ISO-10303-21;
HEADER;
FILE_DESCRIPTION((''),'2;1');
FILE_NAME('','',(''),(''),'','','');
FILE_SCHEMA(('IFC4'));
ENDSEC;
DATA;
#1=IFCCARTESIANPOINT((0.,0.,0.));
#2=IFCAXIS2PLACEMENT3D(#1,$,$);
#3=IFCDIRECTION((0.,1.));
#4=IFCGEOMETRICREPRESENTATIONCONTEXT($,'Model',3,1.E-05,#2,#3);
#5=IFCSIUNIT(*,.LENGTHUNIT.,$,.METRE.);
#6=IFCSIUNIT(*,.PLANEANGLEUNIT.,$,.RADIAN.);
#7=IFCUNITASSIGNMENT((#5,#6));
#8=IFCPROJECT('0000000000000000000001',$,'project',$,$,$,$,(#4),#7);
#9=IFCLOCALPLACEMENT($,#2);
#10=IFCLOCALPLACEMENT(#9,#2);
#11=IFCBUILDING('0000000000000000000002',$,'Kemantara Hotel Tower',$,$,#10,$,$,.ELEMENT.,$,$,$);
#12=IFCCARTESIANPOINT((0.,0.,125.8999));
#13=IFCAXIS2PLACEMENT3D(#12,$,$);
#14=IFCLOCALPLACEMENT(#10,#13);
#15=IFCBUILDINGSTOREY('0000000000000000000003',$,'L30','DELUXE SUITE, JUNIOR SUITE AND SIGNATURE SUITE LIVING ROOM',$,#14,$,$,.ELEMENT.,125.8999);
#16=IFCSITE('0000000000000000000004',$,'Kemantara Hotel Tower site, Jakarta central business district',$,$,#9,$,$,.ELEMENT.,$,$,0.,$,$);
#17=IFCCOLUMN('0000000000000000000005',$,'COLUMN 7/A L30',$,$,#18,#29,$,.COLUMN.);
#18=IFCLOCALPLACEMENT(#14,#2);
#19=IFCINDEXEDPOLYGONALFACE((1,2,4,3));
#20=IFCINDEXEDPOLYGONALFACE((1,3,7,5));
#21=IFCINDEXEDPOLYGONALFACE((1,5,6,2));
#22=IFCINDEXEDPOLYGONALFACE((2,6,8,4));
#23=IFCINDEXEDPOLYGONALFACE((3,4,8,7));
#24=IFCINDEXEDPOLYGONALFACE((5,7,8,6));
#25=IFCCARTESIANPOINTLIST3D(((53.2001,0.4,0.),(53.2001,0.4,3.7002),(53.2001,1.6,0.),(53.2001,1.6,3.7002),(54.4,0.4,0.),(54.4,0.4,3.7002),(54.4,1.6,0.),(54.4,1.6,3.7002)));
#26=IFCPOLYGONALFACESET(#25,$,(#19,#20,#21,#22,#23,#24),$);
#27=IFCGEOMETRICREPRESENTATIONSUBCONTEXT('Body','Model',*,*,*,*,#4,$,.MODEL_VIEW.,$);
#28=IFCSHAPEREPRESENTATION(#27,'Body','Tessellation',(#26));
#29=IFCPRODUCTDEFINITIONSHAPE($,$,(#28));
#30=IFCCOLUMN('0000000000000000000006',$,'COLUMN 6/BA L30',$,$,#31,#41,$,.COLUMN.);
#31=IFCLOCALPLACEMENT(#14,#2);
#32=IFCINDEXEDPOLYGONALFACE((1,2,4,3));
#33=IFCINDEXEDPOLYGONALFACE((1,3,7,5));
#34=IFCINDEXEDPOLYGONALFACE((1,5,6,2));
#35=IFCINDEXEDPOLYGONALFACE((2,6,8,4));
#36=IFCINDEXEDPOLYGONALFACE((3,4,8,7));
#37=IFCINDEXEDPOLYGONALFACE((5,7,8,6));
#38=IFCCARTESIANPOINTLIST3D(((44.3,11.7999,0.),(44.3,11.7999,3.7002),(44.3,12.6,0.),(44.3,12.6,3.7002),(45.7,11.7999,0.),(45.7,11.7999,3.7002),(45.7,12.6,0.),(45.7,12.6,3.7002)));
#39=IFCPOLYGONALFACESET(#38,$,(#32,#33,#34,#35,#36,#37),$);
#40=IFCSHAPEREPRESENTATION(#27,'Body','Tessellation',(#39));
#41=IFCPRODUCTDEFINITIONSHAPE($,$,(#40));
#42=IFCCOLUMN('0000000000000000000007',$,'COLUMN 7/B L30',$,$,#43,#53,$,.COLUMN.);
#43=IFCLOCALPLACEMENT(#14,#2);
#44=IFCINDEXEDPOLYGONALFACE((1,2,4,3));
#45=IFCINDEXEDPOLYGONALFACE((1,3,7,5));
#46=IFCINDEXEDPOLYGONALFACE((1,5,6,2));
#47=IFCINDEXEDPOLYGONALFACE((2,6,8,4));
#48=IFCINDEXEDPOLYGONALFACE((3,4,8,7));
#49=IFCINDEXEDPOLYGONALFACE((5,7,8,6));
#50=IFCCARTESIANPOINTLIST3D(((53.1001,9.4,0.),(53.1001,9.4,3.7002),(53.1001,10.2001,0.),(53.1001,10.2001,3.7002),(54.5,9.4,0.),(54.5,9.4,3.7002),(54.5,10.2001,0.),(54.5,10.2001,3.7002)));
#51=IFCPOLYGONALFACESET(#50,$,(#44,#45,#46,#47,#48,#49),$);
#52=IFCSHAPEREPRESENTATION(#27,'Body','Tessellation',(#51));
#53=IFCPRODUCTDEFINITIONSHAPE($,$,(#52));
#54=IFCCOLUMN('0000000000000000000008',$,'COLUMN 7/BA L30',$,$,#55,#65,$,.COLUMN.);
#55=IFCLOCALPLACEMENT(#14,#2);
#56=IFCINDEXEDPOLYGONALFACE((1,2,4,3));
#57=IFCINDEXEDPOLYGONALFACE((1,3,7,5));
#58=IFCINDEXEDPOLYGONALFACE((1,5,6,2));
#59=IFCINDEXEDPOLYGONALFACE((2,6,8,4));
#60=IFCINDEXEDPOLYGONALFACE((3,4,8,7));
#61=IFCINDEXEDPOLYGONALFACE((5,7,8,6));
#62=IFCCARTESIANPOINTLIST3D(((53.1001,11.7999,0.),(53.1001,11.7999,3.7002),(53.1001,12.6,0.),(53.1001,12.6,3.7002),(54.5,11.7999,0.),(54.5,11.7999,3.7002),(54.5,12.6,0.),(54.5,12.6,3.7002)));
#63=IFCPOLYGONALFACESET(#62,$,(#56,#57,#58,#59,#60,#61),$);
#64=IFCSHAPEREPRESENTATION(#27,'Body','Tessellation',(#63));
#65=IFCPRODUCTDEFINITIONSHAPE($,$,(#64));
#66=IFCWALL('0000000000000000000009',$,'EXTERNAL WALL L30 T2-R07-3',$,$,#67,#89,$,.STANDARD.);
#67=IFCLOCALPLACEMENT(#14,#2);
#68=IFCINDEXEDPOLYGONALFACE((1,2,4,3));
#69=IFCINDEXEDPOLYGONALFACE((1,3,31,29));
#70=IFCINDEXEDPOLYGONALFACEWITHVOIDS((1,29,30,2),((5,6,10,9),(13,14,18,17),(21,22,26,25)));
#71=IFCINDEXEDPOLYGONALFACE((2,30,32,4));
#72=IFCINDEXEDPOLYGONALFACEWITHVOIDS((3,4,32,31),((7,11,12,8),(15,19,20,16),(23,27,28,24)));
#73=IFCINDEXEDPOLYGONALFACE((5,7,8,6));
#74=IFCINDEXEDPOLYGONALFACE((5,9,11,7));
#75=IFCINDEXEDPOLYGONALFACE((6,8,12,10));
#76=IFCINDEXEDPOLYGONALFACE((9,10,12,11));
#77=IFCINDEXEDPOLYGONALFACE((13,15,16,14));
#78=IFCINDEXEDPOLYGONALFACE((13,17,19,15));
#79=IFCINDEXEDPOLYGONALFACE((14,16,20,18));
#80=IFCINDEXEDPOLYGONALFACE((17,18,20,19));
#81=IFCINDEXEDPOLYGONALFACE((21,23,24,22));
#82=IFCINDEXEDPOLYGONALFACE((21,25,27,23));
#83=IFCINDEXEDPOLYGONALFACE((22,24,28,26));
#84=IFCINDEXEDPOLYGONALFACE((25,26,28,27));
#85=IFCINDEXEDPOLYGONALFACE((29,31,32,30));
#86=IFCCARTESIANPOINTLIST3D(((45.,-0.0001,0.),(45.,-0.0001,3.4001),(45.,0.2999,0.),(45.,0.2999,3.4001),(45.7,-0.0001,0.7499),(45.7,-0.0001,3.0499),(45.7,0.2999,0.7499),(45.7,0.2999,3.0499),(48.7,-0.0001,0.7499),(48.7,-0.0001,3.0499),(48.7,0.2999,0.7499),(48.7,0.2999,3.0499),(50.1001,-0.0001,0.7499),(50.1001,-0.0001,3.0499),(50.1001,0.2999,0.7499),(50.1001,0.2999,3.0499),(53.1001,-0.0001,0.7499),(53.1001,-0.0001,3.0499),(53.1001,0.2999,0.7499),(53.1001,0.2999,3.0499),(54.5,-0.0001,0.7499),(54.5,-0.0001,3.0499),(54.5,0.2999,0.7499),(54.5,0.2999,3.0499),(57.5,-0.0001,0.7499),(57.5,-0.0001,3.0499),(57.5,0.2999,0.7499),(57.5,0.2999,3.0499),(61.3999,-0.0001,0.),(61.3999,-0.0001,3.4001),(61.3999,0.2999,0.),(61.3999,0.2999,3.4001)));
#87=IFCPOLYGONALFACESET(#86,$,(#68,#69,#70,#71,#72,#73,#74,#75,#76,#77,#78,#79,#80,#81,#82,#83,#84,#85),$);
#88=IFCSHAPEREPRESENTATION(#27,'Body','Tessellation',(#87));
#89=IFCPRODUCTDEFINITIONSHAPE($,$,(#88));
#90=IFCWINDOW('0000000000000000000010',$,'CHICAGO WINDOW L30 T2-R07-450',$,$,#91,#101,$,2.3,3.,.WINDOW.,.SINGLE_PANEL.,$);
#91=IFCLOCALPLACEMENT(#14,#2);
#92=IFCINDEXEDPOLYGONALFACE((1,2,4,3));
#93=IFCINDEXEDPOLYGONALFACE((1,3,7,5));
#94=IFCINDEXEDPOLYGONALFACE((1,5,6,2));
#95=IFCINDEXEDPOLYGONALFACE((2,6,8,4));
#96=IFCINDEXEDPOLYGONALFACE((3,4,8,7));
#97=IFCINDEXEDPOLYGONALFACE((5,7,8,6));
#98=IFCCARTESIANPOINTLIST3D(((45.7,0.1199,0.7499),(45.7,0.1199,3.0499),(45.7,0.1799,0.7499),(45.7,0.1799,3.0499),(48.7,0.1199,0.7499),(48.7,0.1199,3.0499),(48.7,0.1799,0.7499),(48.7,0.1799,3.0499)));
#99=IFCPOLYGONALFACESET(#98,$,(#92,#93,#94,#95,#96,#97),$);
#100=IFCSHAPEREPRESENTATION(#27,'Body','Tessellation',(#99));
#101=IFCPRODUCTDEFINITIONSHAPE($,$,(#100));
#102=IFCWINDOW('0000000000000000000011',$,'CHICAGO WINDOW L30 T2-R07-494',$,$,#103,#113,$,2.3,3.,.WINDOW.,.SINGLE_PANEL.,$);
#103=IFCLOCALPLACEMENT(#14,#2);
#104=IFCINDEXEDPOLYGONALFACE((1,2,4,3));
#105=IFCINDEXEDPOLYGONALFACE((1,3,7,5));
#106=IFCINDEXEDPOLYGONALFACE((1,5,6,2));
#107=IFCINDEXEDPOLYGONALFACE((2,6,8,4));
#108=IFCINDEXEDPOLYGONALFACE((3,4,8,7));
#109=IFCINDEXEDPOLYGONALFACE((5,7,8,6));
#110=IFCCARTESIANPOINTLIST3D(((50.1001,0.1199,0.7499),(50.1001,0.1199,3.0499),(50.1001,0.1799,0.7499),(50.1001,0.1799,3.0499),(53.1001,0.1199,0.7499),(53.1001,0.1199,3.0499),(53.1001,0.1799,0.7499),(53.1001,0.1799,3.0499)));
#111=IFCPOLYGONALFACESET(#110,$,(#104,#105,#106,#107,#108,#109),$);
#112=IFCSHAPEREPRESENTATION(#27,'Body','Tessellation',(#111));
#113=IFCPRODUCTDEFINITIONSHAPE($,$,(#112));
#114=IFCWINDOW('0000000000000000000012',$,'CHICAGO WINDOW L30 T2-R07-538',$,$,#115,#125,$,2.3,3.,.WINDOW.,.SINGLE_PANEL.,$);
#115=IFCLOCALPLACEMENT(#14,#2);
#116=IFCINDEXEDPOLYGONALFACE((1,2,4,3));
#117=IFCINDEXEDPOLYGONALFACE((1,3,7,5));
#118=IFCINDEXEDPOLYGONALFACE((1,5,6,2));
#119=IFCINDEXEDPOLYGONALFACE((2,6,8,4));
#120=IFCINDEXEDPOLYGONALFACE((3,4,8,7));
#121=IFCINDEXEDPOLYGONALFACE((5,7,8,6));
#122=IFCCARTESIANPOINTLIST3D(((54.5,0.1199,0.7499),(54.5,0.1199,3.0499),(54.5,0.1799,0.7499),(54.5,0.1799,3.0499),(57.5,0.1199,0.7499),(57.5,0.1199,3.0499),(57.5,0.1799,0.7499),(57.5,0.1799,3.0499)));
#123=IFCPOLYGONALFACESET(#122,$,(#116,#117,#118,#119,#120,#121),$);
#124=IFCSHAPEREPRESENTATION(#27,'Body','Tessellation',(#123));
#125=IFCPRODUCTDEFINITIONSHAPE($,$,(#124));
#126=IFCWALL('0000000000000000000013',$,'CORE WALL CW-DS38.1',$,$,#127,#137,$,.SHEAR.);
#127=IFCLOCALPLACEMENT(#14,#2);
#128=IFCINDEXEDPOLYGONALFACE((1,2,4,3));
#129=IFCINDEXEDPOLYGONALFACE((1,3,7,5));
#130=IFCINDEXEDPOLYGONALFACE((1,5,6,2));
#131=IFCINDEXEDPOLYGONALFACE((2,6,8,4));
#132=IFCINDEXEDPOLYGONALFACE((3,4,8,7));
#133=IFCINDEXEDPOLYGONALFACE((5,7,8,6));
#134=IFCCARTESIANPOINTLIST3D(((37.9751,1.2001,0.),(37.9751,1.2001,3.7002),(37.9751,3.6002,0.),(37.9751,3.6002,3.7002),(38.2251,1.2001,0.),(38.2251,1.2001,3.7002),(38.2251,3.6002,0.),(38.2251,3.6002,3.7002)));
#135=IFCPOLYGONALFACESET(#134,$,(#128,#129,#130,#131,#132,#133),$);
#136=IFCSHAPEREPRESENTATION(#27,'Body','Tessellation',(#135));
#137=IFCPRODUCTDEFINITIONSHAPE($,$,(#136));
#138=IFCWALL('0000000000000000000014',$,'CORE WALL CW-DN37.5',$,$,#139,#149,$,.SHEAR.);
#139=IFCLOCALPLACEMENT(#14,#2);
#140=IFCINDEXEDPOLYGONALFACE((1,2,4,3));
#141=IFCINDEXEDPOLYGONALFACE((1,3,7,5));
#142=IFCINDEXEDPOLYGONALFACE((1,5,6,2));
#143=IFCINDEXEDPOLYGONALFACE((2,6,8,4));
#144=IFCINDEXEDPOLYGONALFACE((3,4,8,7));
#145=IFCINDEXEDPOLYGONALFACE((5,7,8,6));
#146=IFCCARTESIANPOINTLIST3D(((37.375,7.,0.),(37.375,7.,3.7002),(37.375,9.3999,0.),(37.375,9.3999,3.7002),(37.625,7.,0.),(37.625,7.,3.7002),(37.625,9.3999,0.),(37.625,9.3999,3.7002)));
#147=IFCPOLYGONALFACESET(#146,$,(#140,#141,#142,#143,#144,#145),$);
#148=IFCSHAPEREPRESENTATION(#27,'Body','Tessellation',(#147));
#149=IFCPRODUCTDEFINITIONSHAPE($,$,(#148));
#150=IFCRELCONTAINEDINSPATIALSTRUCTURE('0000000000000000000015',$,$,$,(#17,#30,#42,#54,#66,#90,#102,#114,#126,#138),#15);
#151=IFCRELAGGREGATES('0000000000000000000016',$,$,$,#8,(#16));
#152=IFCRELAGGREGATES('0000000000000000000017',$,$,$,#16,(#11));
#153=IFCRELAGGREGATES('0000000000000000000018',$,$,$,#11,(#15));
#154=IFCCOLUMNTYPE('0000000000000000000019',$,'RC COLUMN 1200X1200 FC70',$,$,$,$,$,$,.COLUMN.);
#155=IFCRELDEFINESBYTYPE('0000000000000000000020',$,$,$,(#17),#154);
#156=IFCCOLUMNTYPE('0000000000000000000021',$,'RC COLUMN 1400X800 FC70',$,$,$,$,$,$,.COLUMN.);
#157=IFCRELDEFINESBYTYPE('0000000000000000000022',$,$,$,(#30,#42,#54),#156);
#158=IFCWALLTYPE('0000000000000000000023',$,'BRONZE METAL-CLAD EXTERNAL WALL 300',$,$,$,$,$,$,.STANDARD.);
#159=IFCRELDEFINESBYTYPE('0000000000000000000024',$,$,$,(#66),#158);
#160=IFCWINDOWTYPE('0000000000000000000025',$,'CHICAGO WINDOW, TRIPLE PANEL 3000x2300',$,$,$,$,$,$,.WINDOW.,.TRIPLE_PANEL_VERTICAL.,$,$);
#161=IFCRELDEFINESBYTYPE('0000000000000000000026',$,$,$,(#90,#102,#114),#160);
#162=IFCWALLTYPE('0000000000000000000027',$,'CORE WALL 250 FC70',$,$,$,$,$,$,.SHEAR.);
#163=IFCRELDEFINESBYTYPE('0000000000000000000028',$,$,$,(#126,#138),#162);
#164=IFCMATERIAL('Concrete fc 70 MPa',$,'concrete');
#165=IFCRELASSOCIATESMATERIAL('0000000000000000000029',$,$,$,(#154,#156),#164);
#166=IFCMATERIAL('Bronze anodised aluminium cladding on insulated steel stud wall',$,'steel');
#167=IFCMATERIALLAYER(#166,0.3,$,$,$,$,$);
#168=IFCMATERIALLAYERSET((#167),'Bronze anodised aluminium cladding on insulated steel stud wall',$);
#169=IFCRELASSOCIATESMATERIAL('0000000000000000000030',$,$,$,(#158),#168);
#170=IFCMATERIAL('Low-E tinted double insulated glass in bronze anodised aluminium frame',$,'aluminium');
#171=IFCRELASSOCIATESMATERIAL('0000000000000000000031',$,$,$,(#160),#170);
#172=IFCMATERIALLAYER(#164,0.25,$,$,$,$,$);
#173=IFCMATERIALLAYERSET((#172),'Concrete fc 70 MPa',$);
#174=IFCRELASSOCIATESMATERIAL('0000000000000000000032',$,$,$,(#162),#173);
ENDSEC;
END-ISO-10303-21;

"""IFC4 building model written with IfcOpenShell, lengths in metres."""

from ifc_helpers import new_model, si_unit, direction, frame, frame_2d, origin, origin_2d, place, context, subcontext, project, spatial, rectangle, extrude, material, layer, layer_set, material_profile, profile_set, type_object, element, fill, save


model = new_model("IFC4")

# Units and contexts
model_context = context("Model", 3, precision=1e-05, world=origin(), true_north=direction((0.0, 1.0)))
body_context = subcontext(model_context, "Body", "Model", "MODEL_VIEW")
ifc_project = project(units=[si_unit("LENGTHUNIT", "METRE"), si_unit("PLANEANGLEUNIT", "RADIAN")], contexts=[model_context])

# Site, building, storey
site_placement = place(None, origin())
site = spatial("IfcSite", under=ifc_project, at=site_placement, Name="Kemantara Hotel Tower site, Jakarta central business district", CompositionType="ELEMENT", RefElevation=0.0)
building_placement = place(site_placement, origin())
building = spatial("IfcBuilding", under=site, at=building_placement, Name="Kemantara Hotel Tower", CompositionType="ELEMENT")
storey_placement = place(building_placement, frame((0.0, 0.0, 125.8999)))
storey = spatial("IfcBuildingStorey", under=building, at=storey_placement, Name="L30", Description="DELUXE SUITE, JUNIOR SUITE AND SIGNATURE SUITE LIVING ROOM", CompositionType="ELEMENT", Elevation=125.8999)

# Columns
ifc_material_1 = material(Name="Concrete fc 70 MPa", Category="concrete")
ifc_material_profile_1 = material_profile(ifc_material_1, rectangle(XDim=1.2, YDim=1.2, at=origin_2d()), Name="RC 1200X1200")
ifc_profile_set_1 = profile_set([ifc_material_profile_1], Name="Concrete fc 70 MPa")
column_type_1 = type_object("IfcColumnType", Name="RC COLUMN 1200X1200 FC70", PredefinedType="COLUMN", material=ifc_profile_set_1)
column_placement = place(storey_placement, frame((53.8, 1.0, 0.0), z_axis=(0.0, 0.0, 1.0), x_axis=(1.0, 0.0, 0.0)))
element("IfcColumn", 1, at=column_placement, inside=storey, type_object=column_type_1, Name="COLUMN 7/A L30", PredefinedType="COLUMN", context=body_context, shape_type="SweptSolid", body=[
    extrude(rectangle(XDim=1.2, YDim=1.2, at=origin_2d()), origin(), (0.0, 0.0, 1.0), 3.7002),
])
ifc_material_profile_2 = material_profile(ifc_material_1, rectangle(XDim=1.3999, YDim=0.8, at=origin_2d()), Name="RC 1400X800")
ifc_profile_set_2 = profile_set([ifc_material_profile_2], Name="Concrete fc 70 MPa")
column_type_2 = type_object("IfcColumnType", Name="RC COLUMN 1400X800 FC70", PredefinedType="COLUMN", material=ifc_profile_set_2)
for number, where, z_axis, x_axis, name in (
    (2, (45.0, 12.2, 0.0), (0.0, 0.0, 1.0), (1.0, 0.0, 0.0), "COLUMN 6/BA L30"),
    (3, (53.8, 9.8, 0.0), (0.0, 0.0, 1.0), (1.0, 0.0, 0.0), "COLUMN 7/B L30"),
    (4, (53.8, 12.2, 0.0), (0.0, 0.0, 1.0), (1.0, 0.0, 0.0), "COLUMN 7/BA L30"),
):
    element("IfcColumn", number, at=place(storey_placement, frame(where, z_axis=z_axis, x_axis=x_axis)), inside=storey, type_object=column_type_2, Name=name, PredefinedType="COLUMN", context=body_context, shape_type="SweptSolid", body=[
        extrude(rectangle(XDim=1.3999, YDim=0.8, at=origin_2d()), origin(), (0.0, 0.0, 1.0), 3.7002),
    ])

# Wall, openings, windows
ifc_material_2 = material(Name="Bronze anodised aluminium cladding on insulated steel stud wall", Category="steel")
ifc_layer_1 = layer(ifc_material_2, 0.3)
ifc_layer_set_1 = layer_set([ifc_layer_1], Name="Bronze anodised aluminium cladding on insulated steel stud wall")
wall_type_1 = type_object("IfcWallType", Name="BRONZE METAL-CLAD EXTERNAL WALL 300", PredefinedType="STANDARD", material=ifc_layer_set_1)
wall_1_placement = place(storey_placement, frame((45.0, 0.1499, 0.0), z_axis=(0.0, 0.0, 1.0), x_axis=(1.0, 0.0, 0.0)))
wall_1 = element("IfcWall", 5, at=wall_1_placement, inside=storey, type_object=wall_type_1, Name="EXTERNAL WALL L30 T2-R07-3", PredefinedType="STANDARD", context=body_context, shape_type="SweptSolid", body=[
    extrude(rectangle(XDim=16.3999, YDim=0.3, at=frame_2d((8.2, 0.0))), origin(), (0.0, 0.0, 1.0), 3.4001),
])
opening_1_placement = place(wall_1_placement, frame((0.7, 0.0, 0.75)))
opening_1 = element("IfcOpeningElement", 6, at=opening_1_placement, cuts=wall_1, PredefinedType="OPENING", context=body_context, shape_type="SweptSolid", body=[
    extrude(rectangle(XDim=3.0, YDim=2.3, at=frame_2d((1.5, 1.1499))), frame((0.0, 0.1599, 0.0), z_axis=(0.0, -1.0, 0.0), x_axis=(1.0, 0.0, 0.0)), (0.0, 0.0, 1.0), 0.3201),
])
opening_2_placement = place(wall_1_placement, frame((5.1001, 0.0, 0.75)))
opening_2 = element("IfcOpeningElement", 7, at=opening_2_placement, cuts=wall_1, PredefinedType="OPENING", context=body_context, shape_type="SweptSolid", body=[
    extrude(rectangle(XDim=3.0, YDim=2.3, at=frame_2d((1.5, 1.1499))), frame((0.0, 0.1599, 0.0), z_axis=(0.0, -1.0, 0.0), x_axis=(1.0, 0.0, 0.0)), (0.0, 0.0, 1.0), 0.3201),
])
opening_3_placement = place(wall_1_placement, frame((9.5, 0.0, 0.75)))
opening_3 = element("IfcOpeningElement", 8, at=opening_3_placement, cuts=wall_1, PredefinedType="OPENING", context=body_context, shape_type="SweptSolid", body=[
    extrude(rectangle(XDim=3.0, YDim=2.3, at=frame_2d((1.5, 1.1499))), frame((0.0, 0.1599, 0.0), z_axis=(0.0, -1.0, 0.0), x_axis=(1.0, 0.0, 0.0)), (0.0, 0.0, 1.0), 0.3201),
])
ifc_material_3 = material(Name="Low-E tinted double insulated glass in bronze anodised aluminium frame", Category="aluminium")
window_type = type_object("IfcWindowType", Name="CHICAGO WINDOW, TRIPLE PANEL 3000x2300", PartitioningType="TRIPLE_PANEL_VERTICAL", PredefinedType="WINDOW", material=ifc_material_3)
window_1_placement = place(opening_1_placement, origin())
window_1 = element("IfcWindow", 9, at=window_1_placement, inside=storey, type_object=window_type, Name="CHICAGO WINDOW L30 T2-R07-450", OverallHeight=2.3, OverallWidth=3.0, PartitioningType="SINGLE_PANEL", PredefinedType="WINDOW", context=body_context, shape_type="SweptSolid", body=[
    extrude(rectangle(XDim=3.0, YDim=2.3, at=frame_2d((1.5, 1.1499))), frame((0.0, 0.03, 0.0), z_axis=(0.0, -1.0, 0.0), x_axis=(1.0, 0.0, 0.0)), (0.0, 0.0, 1.0), 0.0601),
])
fill(opening_1, window_1)
window_2_placement = place(opening_2_placement, origin())
window_2 = element("IfcWindow", 10, at=window_2_placement, inside=storey, type_object=window_type, Name="CHICAGO WINDOW L30 T2-R07-494", OverallHeight=2.3, OverallWidth=3.0, PartitioningType="SINGLE_PANEL", PredefinedType="WINDOW", context=body_context, shape_type="SweptSolid", body=[
    extrude(rectangle(XDim=3.0, YDim=2.3, at=frame_2d((1.5, 1.1499))), frame((0.0, 0.03, 0.0), z_axis=(0.0, -1.0, 0.0), x_axis=(1.0, 0.0, 0.0)), (0.0, 0.0, 1.0), 0.0601),
])
fill(opening_2, window_2)
window_3_placement = place(opening_3_placement, origin())
window_3 = element("IfcWindow", 11, at=window_3_placement, inside=storey, type_object=window_type, Name="CHICAGO WINDOW L30 T2-R07-538", OverallHeight=2.3, OverallWidth=3.0, PartitioningType="SINGLE_PANEL", PredefinedType="WINDOW", context=body_context, shape_type="SweptSolid", body=[
    extrude(rectangle(XDim=3.0, YDim=2.3, at=frame_2d((1.5, 1.1499))), frame((0.0, 0.03, 0.0), z_axis=(0.0, -1.0, 0.0), x_axis=(1.0, 0.0, 0.0)), (0.0, 0.0, 1.0), 0.0601),
])
fill(opening_3, window_3)

# Walls
ifc_layer_2 = layer(ifc_material_1, 0.25)
ifc_layer_set_2 = layer_set([ifc_layer_2], Name="Concrete fc 70 MPa")
wall_type_2 = type_object("IfcWallType", Name="CORE WALL 250 FC70", PredefinedType="SHEAR", material=ifc_layer_set_2)
wall_2_placement = place(storey_placement, frame((38.1001, 1.2, 0.0), z_axis=(0.0, 0.0, 1.0), x_axis=(0.0, 1.0, 0.0)))
element("IfcWall", 12, at=wall_2_placement, inside=storey, type_object=wall_type_2, Name="CORE WALL CW-DS38.1", PredefinedType="SHEAR", context=body_context, shape_type="SweptSolid", body=[
    extrude(rectangle(XDim=2.4001, YDim=0.25, at=frame_2d((1.2002, 0.0))), origin(), (0.0, 0.0, 1.0), 3.7002),
])
wall_3_placement = place(storey_placement, frame((37.5, 7.0, 0.0), z_axis=(0.0, 0.0, 1.0), x_axis=(0.0, 1.0, 0.0)))
element("IfcWall", 13, at=wall_3_placement, inside=storey, type_object=wall_type_2, Name="CORE WALL CW-DN37.5", PredefinedType="SHEAR", context=body_context, shape_type="SweptSolid", body=[
    extrude(rectangle(XDim=2.3999, YDim=0.25, at=frame_2d((1.2, 0.0))), origin(), (0.0, 0.0, 1.0), 3.7002),
])

save(model, "model.ifc")
